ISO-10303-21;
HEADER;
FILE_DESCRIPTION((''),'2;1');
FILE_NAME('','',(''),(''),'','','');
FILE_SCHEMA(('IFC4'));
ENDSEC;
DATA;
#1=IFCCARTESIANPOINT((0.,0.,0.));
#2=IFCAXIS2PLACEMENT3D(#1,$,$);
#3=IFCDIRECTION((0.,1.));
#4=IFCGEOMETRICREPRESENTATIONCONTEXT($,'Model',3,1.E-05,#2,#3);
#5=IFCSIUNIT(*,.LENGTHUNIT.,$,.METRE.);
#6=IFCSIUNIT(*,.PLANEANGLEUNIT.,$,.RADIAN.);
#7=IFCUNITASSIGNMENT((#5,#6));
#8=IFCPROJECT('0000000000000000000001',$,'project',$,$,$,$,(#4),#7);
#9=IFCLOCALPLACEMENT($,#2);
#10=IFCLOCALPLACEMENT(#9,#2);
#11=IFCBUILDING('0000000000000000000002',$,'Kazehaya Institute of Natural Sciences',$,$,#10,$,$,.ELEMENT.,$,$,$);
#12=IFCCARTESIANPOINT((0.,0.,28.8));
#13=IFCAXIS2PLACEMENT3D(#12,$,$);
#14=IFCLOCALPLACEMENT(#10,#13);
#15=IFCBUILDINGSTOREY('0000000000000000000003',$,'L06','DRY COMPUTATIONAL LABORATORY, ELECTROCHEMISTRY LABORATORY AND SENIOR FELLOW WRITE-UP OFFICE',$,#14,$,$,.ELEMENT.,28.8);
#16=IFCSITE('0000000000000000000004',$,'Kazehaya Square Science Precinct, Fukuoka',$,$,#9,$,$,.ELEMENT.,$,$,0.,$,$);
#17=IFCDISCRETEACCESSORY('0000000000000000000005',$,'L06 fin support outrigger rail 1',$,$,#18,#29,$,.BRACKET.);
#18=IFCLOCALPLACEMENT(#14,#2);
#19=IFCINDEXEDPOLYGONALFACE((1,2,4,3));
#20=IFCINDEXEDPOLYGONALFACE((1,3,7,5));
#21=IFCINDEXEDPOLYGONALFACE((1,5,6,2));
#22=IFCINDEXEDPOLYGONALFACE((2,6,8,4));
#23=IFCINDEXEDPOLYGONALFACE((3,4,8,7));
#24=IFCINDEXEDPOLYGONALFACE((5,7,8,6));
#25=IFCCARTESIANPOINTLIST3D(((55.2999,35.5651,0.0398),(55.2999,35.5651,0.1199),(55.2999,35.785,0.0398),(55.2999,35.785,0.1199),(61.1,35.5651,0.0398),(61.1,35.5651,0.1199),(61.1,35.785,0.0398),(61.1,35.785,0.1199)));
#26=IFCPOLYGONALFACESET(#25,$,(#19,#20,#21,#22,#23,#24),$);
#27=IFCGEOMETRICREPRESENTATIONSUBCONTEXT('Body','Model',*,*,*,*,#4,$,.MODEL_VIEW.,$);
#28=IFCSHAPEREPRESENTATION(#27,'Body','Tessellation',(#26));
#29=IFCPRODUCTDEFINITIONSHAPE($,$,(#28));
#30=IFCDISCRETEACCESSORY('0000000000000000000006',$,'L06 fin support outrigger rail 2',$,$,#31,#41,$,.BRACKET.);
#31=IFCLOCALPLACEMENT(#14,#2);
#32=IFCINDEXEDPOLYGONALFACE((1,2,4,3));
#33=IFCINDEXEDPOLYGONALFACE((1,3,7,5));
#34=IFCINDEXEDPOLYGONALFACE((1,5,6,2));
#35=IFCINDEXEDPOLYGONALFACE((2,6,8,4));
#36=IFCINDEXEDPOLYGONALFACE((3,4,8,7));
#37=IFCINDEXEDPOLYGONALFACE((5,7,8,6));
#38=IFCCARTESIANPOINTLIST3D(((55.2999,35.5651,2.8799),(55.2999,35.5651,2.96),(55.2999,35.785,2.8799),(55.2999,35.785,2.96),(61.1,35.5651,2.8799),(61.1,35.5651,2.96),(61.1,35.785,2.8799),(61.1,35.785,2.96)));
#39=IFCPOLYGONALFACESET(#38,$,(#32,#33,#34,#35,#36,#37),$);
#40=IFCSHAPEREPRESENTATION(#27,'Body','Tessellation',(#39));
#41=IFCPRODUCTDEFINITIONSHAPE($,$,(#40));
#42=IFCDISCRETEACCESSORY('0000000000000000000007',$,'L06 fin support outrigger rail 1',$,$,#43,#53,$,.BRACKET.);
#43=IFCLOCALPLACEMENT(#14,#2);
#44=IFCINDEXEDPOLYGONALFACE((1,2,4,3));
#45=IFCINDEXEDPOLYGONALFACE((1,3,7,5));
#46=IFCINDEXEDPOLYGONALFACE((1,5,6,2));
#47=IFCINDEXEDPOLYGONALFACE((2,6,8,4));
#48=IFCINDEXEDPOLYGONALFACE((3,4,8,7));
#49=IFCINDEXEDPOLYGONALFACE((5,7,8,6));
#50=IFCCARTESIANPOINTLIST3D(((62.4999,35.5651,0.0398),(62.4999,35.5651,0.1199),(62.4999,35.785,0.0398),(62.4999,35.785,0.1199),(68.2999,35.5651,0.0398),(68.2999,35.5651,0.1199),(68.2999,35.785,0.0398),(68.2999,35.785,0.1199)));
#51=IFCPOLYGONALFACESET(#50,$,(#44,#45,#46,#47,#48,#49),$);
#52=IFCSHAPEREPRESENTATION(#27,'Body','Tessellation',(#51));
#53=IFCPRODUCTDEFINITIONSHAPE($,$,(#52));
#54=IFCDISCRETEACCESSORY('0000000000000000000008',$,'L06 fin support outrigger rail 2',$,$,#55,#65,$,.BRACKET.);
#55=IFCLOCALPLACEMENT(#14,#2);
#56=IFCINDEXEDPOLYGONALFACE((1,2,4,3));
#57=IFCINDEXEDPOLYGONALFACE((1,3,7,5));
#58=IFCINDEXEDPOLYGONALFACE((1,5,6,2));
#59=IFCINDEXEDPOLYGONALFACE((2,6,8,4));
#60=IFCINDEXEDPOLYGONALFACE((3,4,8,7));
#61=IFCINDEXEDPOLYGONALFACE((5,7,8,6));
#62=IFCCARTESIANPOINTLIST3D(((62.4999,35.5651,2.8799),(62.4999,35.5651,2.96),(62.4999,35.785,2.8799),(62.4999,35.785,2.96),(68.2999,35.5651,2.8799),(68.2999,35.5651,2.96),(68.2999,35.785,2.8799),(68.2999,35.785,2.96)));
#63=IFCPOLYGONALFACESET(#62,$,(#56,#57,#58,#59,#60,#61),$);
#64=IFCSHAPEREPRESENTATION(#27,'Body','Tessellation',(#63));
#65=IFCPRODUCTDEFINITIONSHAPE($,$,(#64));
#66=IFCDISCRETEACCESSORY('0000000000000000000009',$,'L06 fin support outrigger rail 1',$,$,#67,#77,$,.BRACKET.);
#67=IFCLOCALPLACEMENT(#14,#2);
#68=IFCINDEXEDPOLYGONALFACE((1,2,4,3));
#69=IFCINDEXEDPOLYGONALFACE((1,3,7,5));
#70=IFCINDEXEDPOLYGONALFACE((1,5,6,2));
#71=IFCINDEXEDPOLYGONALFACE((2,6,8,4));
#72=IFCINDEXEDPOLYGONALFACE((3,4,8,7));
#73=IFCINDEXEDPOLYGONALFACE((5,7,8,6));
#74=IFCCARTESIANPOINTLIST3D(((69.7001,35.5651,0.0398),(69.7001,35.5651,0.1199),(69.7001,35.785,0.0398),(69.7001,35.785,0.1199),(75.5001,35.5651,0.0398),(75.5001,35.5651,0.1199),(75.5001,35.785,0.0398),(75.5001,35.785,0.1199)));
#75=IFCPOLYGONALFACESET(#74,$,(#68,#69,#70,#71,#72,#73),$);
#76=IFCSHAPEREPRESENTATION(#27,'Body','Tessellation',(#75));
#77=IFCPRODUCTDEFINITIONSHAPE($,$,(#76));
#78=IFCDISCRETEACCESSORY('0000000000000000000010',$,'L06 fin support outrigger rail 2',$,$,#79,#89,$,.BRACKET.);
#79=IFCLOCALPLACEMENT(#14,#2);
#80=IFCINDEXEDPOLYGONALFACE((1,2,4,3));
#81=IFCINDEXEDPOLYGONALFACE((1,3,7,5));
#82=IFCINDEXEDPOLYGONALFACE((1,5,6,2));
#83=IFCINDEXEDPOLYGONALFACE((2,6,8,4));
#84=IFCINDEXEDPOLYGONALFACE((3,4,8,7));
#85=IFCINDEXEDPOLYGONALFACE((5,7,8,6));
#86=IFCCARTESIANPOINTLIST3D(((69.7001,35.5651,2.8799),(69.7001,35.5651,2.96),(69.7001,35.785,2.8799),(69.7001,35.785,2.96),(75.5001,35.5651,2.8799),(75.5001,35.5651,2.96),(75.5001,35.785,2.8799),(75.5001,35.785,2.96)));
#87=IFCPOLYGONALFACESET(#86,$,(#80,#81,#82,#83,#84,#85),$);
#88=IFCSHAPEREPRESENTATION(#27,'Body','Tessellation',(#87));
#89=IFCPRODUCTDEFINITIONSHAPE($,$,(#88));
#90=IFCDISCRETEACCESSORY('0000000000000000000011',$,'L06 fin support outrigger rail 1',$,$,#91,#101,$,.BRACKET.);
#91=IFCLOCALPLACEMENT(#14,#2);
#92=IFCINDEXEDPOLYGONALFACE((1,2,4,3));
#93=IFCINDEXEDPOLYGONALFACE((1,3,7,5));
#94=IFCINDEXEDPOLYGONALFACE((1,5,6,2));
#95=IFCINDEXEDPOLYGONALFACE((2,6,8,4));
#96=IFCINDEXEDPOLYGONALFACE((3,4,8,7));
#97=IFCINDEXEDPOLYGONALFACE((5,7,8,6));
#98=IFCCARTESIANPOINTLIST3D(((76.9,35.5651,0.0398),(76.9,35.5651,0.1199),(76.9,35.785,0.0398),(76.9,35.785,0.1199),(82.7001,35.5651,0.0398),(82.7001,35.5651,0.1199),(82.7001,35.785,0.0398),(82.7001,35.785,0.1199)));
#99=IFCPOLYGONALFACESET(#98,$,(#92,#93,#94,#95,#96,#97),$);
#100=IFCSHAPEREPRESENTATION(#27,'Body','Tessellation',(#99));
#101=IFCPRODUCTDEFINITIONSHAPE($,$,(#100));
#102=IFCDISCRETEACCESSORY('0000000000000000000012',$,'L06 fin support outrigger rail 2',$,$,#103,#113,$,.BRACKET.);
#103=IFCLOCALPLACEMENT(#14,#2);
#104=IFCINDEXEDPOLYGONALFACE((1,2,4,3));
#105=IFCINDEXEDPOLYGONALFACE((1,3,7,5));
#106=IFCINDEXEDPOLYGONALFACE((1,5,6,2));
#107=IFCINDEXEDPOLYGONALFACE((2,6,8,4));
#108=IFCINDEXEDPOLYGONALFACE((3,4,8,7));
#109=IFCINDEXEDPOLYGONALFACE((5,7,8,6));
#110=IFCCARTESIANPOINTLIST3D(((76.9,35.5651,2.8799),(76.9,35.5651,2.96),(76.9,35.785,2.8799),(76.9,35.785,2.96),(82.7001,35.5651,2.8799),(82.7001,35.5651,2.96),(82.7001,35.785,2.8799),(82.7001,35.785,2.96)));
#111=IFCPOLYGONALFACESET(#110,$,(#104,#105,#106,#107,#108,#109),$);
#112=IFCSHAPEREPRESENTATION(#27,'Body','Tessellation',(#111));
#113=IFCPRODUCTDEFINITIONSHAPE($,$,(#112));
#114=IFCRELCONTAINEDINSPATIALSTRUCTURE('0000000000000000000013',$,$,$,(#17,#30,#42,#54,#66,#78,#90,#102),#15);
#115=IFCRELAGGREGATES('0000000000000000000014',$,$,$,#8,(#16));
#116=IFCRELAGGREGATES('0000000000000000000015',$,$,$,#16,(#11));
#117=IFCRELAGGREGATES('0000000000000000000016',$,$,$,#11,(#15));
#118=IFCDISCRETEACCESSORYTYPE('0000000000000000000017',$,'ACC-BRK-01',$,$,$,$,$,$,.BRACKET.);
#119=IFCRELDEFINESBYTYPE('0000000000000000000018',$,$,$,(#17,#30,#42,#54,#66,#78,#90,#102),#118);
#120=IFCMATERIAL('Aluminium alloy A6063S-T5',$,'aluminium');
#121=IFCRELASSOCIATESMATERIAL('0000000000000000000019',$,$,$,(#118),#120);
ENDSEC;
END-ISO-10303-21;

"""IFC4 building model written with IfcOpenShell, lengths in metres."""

from ifc_helpers import new_model, si_unit, direction, frame, origin, origin_2d, place, context, subcontext, project, spatial, rectangle, extrude, material, type_object, element, save


model = new_model("IFC4")

# Units and contexts
model_context = context("Model", 3, precision=1e-05, world=origin(), true_north=direction((0.0, 1.0)))
body_context = subcontext(model_context, "Body", "Model", "MODEL_VIEW")
ifc_project = project(units=[si_unit("LENGTHUNIT", "METRE"), si_unit("PLANEANGLEUNIT", "RADIAN")], contexts=[model_context])

# Site, building, storey
site_placement = place(None, origin())
site = spatial("IfcSite", under=ifc_project, at=site_placement, Name="Kazehaya Square Science Precinct, Fukuoka", CompositionType="ELEMENT", RefElevation=0.0)
building_placement = place(site_placement, origin())
building = spatial("IfcBuilding", under=site, at=building_placement, Name="Kazehaya Institute of Natural Sciences", CompositionType="ELEMENT")
storey_placement = place(building_placement, frame((0.0, 0.0, 28.8)))
storey = spatial("IfcBuildingStorey", under=building, at=storey_placement, Name="L06", Description="DRY COMPUTATIONAL LABORATORY, ELECTROCHEMISTRY LABORATORY AND SENIOR FELLOW WRITE-UP OFFICE", CompositionType="ELEMENT", Elevation=28.8)

# Shared definitions
ifc_material_1 = material(Name="Aluminium alloy A6063S-T5", Category="aluminium")

# Discrete accessories
discrete_accessory_type = type_object("IfcDiscreteAccessoryType", Name="ACC-BRK-01", PredefinedType="BRACKET", material=ifc_material_1)
for number, where, z_axis, x_axis, name in (
    (1, (58.2, 35.675, 0.0398), (0.0, 0.0, 1.0), (1.0, 0.0, 0.0), "L06 fin support outrigger rail 1"),
    (2, (58.2, 35.675, 2.8799), (0.0, 0.0, 1.0), (1.0, 0.0, 0.0), "L06 fin support outrigger rail 2"),
    (3, (65.3999, 35.675, 0.0398), (0.0, 0.0, 1.0), (1.0, 0.0, 0.0), "L06 fin support outrigger rail 1"),
    (4, (65.3999, 35.675, 2.8799), (0.0, 0.0, 1.0), (1.0, 0.0, 0.0), "L06 fin support outrigger rail 2"),
    (5, (72.6001, 35.675, 0.0398), (0.0, 0.0, 1.0), (1.0, 0.0, 0.0), "L06 fin support outrigger rail 1"),
    (6, (72.6001, 35.675, 2.8799), (0.0, 0.0, 1.0), (1.0, 0.0, 0.0), "L06 fin support outrigger rail 2"),
    (7, (79.8, 35.675, 0.0398), (0.0, 0.0, 1.0), (1.0, 0.0, 0.0), "L06 fin support outrigger rail 1"),
    (8, (79.8, 35.675, 2.8799), (0.0, 0.0, 1.0), (1.0, 0.0, 0.0), "L06 fin support outrigger rail 2"),
):
    element("IfcDiscreteAccessory", number, at=place(storey_placement, frame(where, z_axis=z_axis, x_axis=x_axis)), inside=storey, type_object=discrete_accessory_type, Name=name, PredefinedType="BRACKET", context=body_context, shape_type="SweptSolid", body=[
        extrude(rectangle(XDim=5.8, YDim=0.22, at=origin_2d()), origin(), (0.0, 0.0, 1.0), 0.0801),
    ])

save(model, "model.ifc")
